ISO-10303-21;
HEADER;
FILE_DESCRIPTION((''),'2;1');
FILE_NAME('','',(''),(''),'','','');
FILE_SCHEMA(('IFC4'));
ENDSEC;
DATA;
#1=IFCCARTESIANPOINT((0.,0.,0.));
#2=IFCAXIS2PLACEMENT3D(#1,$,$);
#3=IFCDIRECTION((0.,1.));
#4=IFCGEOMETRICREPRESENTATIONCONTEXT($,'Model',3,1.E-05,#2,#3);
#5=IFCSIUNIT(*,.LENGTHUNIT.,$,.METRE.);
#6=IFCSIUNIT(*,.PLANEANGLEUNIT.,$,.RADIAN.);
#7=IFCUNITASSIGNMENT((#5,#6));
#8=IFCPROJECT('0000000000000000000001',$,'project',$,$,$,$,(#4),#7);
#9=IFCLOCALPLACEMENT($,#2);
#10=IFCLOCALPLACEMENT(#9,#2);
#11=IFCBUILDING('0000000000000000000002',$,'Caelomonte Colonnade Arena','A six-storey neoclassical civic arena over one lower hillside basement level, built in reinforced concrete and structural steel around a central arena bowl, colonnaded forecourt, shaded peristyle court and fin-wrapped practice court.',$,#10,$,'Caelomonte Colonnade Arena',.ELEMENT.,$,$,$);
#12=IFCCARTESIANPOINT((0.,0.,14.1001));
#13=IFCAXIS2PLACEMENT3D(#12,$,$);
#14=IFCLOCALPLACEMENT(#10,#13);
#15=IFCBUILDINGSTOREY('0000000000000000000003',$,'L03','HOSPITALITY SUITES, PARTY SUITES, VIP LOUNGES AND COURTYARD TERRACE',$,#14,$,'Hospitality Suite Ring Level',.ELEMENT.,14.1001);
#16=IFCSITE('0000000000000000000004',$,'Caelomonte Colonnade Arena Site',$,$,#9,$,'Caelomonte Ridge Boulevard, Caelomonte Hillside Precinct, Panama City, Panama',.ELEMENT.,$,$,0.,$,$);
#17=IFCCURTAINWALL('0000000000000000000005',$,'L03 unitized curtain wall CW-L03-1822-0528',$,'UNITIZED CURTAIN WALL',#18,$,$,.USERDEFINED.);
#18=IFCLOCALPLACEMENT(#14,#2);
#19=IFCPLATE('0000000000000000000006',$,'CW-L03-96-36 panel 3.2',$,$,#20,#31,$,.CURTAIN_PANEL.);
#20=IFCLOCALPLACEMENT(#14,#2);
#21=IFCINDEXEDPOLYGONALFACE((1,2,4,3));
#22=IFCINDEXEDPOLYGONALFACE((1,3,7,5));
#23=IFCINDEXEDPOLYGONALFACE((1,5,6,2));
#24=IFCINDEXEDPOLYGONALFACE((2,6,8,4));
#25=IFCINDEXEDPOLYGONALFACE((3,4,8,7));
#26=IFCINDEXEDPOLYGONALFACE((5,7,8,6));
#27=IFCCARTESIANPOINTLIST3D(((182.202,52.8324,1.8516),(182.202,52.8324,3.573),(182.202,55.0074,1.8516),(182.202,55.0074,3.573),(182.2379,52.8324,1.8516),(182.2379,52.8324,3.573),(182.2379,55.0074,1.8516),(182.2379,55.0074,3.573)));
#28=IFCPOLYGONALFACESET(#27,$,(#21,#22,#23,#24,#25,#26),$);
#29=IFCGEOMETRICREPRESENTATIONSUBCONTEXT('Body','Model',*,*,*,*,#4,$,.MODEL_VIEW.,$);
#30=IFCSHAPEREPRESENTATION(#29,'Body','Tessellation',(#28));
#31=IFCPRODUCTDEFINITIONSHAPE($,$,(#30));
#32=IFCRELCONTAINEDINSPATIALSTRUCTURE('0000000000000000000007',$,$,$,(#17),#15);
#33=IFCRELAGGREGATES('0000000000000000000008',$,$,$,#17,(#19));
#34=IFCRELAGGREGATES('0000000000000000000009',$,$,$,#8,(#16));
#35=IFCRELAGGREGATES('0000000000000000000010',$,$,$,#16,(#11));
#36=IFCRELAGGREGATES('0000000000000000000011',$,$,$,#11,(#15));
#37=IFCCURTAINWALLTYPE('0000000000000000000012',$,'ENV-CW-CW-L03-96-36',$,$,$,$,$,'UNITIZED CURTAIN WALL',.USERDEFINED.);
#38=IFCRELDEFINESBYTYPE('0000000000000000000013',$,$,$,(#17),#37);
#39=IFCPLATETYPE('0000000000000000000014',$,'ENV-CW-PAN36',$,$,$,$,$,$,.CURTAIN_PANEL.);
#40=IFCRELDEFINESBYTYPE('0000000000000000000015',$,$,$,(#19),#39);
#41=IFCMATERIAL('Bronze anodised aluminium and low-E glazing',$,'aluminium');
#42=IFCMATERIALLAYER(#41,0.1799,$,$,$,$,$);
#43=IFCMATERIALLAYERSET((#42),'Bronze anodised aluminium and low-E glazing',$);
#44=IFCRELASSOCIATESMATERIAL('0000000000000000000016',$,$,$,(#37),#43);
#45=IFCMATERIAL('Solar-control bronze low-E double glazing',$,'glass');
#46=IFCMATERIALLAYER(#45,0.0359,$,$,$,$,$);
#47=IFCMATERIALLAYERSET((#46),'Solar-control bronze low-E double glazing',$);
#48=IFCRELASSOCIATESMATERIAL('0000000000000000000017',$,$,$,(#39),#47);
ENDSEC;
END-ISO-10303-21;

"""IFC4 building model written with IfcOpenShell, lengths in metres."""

from ifc_helpers import new_model, si_unit, direction, frame, origin, origin_2d, place, context, subcontext, project, spatial, rectangle, extrude, material, layer, layer_set, type_object, element, aggregate, save


model = new_model("IFC4")

# Units and contexts
model_context = context("Model", 3, precision=1e-05, world=origin(), true_north=direction((0.0, 1.0)))
body_context = subcontext(model_context, "Body", "Model", "MODEL_VIEW")
ifc_project = project(units=[si_unit("LENGTHUNIT", "METRE"), si_unit("PLANEANGLEUNIT", "RADIAN")], contexts=[model_context])

# Site, building, storey
site_placement = place(None, origin())
site = spatial("IfcSite", under=ifc_project, at=site_placement, Name="Caelomonte Colonnade Arena Site", LongName="Caelomonte Ridge Boulevard, Caelomonte Hillside Precinct, Panama City, Panama", CompositionType="ELEMENT", RefElevation=0.0)
building_placement = place(site_placement, origin())
building = spatial("IfcBuilding", under=site, at=building_placement, Name="Caelomonte Colonnade Arena", Description="A six-storey neoclassical civic arena over one lower hillside basement level, built in reinforced concrete and structural steel around a central arena bowl, colonnaded forecourt, shaded peristyle court and fin-wrapped practice court.", LongName="Caelomonte Colonnade Arena", CompositionType="ELEMENT")
storey_placement = place(building_placement, frame((0.0, 0.0, 14.1001)))
storey = spatial("IfcBuildingStorey", under=building, at=storey_placement, Name="L03", Description="HOSPITALITY SUITES, PARTY SUITES, VIP LOUNGES AND COURTYARD TERRACE", LongName="Hospitality Suite Ring Level", CompositionType="ELEMENT", Elevation=14.1001)

# Curtain wall
ifc_material_1 = material(Name="Bronze anodised aluminium and low-E glazing", Category="aluminium")
ifc_layer_1 = layer(ifc_material_1, 0.1799)
ifc_layer_set_1 = layer_set([ifc_layer_1], Name="Bronze anodised aluminium and low-E glazing")
curtain_wall_type = type_object("IfcCurtainWallType", Name="ENV-CW-CW-L03-96-36", ElementType="UNITIZED CURTAIN WALL", PredefinedType="USERDEFINED", material=ifc_layer_set_1)
curtain_wall_1_placement = place(storey_placement, origin())
curtain_wall_1 = element("IfcCurtainWall", 1, at=curtain_wall_1_placement, inside=storey, type_object=curtain_wall_type, Name="L03 unitized curtain wall CW-L03-1822-0528", ObjectType="UNITIZED CURTAIN WALL", PredefinedType="USERDEFINED")

# Plate
ifc_material_2 = material(Name="Solar-control bronze low-E double glazing", Category="glass")
ifc_layer_2 = layer(ifc_material_2, 0.0359)
ifc_layer_set_2 = layer_set([ifc_layer_2], Name="Solar-control bronze low-E double glazing")
plate_type = type_object("IfcPlateType", Name="ENV-CW-PAN36", PredefinedType="CURTAIN_PANEL", material=ifc_layer_set_2)
plate_1_placement = place(storey_placement, frame((182.22, 53.9199, 1.8516), z_axis=(0.0, 0.0, 1.0), x_axis=(0.0, 1.0, 0.0)))
plate_1 = element("IfcPlate", 2, at=plate_1_placement, type_object=plate_type, Name="CW-L03-96-36 panel 3.2", PredefinedType="CURTAIN_PANEL", context=body_context, shape_type="SweptSolid", body=[
    extrude(rectangle(XDim=2.175, YDim=0.0359, at=origin_2d()), origin(), (0.0, 0.0, 1.0), 1.7214),
])
aggregate(curtain_wall_1, [plate_1])

save(model, "model.ifc")
